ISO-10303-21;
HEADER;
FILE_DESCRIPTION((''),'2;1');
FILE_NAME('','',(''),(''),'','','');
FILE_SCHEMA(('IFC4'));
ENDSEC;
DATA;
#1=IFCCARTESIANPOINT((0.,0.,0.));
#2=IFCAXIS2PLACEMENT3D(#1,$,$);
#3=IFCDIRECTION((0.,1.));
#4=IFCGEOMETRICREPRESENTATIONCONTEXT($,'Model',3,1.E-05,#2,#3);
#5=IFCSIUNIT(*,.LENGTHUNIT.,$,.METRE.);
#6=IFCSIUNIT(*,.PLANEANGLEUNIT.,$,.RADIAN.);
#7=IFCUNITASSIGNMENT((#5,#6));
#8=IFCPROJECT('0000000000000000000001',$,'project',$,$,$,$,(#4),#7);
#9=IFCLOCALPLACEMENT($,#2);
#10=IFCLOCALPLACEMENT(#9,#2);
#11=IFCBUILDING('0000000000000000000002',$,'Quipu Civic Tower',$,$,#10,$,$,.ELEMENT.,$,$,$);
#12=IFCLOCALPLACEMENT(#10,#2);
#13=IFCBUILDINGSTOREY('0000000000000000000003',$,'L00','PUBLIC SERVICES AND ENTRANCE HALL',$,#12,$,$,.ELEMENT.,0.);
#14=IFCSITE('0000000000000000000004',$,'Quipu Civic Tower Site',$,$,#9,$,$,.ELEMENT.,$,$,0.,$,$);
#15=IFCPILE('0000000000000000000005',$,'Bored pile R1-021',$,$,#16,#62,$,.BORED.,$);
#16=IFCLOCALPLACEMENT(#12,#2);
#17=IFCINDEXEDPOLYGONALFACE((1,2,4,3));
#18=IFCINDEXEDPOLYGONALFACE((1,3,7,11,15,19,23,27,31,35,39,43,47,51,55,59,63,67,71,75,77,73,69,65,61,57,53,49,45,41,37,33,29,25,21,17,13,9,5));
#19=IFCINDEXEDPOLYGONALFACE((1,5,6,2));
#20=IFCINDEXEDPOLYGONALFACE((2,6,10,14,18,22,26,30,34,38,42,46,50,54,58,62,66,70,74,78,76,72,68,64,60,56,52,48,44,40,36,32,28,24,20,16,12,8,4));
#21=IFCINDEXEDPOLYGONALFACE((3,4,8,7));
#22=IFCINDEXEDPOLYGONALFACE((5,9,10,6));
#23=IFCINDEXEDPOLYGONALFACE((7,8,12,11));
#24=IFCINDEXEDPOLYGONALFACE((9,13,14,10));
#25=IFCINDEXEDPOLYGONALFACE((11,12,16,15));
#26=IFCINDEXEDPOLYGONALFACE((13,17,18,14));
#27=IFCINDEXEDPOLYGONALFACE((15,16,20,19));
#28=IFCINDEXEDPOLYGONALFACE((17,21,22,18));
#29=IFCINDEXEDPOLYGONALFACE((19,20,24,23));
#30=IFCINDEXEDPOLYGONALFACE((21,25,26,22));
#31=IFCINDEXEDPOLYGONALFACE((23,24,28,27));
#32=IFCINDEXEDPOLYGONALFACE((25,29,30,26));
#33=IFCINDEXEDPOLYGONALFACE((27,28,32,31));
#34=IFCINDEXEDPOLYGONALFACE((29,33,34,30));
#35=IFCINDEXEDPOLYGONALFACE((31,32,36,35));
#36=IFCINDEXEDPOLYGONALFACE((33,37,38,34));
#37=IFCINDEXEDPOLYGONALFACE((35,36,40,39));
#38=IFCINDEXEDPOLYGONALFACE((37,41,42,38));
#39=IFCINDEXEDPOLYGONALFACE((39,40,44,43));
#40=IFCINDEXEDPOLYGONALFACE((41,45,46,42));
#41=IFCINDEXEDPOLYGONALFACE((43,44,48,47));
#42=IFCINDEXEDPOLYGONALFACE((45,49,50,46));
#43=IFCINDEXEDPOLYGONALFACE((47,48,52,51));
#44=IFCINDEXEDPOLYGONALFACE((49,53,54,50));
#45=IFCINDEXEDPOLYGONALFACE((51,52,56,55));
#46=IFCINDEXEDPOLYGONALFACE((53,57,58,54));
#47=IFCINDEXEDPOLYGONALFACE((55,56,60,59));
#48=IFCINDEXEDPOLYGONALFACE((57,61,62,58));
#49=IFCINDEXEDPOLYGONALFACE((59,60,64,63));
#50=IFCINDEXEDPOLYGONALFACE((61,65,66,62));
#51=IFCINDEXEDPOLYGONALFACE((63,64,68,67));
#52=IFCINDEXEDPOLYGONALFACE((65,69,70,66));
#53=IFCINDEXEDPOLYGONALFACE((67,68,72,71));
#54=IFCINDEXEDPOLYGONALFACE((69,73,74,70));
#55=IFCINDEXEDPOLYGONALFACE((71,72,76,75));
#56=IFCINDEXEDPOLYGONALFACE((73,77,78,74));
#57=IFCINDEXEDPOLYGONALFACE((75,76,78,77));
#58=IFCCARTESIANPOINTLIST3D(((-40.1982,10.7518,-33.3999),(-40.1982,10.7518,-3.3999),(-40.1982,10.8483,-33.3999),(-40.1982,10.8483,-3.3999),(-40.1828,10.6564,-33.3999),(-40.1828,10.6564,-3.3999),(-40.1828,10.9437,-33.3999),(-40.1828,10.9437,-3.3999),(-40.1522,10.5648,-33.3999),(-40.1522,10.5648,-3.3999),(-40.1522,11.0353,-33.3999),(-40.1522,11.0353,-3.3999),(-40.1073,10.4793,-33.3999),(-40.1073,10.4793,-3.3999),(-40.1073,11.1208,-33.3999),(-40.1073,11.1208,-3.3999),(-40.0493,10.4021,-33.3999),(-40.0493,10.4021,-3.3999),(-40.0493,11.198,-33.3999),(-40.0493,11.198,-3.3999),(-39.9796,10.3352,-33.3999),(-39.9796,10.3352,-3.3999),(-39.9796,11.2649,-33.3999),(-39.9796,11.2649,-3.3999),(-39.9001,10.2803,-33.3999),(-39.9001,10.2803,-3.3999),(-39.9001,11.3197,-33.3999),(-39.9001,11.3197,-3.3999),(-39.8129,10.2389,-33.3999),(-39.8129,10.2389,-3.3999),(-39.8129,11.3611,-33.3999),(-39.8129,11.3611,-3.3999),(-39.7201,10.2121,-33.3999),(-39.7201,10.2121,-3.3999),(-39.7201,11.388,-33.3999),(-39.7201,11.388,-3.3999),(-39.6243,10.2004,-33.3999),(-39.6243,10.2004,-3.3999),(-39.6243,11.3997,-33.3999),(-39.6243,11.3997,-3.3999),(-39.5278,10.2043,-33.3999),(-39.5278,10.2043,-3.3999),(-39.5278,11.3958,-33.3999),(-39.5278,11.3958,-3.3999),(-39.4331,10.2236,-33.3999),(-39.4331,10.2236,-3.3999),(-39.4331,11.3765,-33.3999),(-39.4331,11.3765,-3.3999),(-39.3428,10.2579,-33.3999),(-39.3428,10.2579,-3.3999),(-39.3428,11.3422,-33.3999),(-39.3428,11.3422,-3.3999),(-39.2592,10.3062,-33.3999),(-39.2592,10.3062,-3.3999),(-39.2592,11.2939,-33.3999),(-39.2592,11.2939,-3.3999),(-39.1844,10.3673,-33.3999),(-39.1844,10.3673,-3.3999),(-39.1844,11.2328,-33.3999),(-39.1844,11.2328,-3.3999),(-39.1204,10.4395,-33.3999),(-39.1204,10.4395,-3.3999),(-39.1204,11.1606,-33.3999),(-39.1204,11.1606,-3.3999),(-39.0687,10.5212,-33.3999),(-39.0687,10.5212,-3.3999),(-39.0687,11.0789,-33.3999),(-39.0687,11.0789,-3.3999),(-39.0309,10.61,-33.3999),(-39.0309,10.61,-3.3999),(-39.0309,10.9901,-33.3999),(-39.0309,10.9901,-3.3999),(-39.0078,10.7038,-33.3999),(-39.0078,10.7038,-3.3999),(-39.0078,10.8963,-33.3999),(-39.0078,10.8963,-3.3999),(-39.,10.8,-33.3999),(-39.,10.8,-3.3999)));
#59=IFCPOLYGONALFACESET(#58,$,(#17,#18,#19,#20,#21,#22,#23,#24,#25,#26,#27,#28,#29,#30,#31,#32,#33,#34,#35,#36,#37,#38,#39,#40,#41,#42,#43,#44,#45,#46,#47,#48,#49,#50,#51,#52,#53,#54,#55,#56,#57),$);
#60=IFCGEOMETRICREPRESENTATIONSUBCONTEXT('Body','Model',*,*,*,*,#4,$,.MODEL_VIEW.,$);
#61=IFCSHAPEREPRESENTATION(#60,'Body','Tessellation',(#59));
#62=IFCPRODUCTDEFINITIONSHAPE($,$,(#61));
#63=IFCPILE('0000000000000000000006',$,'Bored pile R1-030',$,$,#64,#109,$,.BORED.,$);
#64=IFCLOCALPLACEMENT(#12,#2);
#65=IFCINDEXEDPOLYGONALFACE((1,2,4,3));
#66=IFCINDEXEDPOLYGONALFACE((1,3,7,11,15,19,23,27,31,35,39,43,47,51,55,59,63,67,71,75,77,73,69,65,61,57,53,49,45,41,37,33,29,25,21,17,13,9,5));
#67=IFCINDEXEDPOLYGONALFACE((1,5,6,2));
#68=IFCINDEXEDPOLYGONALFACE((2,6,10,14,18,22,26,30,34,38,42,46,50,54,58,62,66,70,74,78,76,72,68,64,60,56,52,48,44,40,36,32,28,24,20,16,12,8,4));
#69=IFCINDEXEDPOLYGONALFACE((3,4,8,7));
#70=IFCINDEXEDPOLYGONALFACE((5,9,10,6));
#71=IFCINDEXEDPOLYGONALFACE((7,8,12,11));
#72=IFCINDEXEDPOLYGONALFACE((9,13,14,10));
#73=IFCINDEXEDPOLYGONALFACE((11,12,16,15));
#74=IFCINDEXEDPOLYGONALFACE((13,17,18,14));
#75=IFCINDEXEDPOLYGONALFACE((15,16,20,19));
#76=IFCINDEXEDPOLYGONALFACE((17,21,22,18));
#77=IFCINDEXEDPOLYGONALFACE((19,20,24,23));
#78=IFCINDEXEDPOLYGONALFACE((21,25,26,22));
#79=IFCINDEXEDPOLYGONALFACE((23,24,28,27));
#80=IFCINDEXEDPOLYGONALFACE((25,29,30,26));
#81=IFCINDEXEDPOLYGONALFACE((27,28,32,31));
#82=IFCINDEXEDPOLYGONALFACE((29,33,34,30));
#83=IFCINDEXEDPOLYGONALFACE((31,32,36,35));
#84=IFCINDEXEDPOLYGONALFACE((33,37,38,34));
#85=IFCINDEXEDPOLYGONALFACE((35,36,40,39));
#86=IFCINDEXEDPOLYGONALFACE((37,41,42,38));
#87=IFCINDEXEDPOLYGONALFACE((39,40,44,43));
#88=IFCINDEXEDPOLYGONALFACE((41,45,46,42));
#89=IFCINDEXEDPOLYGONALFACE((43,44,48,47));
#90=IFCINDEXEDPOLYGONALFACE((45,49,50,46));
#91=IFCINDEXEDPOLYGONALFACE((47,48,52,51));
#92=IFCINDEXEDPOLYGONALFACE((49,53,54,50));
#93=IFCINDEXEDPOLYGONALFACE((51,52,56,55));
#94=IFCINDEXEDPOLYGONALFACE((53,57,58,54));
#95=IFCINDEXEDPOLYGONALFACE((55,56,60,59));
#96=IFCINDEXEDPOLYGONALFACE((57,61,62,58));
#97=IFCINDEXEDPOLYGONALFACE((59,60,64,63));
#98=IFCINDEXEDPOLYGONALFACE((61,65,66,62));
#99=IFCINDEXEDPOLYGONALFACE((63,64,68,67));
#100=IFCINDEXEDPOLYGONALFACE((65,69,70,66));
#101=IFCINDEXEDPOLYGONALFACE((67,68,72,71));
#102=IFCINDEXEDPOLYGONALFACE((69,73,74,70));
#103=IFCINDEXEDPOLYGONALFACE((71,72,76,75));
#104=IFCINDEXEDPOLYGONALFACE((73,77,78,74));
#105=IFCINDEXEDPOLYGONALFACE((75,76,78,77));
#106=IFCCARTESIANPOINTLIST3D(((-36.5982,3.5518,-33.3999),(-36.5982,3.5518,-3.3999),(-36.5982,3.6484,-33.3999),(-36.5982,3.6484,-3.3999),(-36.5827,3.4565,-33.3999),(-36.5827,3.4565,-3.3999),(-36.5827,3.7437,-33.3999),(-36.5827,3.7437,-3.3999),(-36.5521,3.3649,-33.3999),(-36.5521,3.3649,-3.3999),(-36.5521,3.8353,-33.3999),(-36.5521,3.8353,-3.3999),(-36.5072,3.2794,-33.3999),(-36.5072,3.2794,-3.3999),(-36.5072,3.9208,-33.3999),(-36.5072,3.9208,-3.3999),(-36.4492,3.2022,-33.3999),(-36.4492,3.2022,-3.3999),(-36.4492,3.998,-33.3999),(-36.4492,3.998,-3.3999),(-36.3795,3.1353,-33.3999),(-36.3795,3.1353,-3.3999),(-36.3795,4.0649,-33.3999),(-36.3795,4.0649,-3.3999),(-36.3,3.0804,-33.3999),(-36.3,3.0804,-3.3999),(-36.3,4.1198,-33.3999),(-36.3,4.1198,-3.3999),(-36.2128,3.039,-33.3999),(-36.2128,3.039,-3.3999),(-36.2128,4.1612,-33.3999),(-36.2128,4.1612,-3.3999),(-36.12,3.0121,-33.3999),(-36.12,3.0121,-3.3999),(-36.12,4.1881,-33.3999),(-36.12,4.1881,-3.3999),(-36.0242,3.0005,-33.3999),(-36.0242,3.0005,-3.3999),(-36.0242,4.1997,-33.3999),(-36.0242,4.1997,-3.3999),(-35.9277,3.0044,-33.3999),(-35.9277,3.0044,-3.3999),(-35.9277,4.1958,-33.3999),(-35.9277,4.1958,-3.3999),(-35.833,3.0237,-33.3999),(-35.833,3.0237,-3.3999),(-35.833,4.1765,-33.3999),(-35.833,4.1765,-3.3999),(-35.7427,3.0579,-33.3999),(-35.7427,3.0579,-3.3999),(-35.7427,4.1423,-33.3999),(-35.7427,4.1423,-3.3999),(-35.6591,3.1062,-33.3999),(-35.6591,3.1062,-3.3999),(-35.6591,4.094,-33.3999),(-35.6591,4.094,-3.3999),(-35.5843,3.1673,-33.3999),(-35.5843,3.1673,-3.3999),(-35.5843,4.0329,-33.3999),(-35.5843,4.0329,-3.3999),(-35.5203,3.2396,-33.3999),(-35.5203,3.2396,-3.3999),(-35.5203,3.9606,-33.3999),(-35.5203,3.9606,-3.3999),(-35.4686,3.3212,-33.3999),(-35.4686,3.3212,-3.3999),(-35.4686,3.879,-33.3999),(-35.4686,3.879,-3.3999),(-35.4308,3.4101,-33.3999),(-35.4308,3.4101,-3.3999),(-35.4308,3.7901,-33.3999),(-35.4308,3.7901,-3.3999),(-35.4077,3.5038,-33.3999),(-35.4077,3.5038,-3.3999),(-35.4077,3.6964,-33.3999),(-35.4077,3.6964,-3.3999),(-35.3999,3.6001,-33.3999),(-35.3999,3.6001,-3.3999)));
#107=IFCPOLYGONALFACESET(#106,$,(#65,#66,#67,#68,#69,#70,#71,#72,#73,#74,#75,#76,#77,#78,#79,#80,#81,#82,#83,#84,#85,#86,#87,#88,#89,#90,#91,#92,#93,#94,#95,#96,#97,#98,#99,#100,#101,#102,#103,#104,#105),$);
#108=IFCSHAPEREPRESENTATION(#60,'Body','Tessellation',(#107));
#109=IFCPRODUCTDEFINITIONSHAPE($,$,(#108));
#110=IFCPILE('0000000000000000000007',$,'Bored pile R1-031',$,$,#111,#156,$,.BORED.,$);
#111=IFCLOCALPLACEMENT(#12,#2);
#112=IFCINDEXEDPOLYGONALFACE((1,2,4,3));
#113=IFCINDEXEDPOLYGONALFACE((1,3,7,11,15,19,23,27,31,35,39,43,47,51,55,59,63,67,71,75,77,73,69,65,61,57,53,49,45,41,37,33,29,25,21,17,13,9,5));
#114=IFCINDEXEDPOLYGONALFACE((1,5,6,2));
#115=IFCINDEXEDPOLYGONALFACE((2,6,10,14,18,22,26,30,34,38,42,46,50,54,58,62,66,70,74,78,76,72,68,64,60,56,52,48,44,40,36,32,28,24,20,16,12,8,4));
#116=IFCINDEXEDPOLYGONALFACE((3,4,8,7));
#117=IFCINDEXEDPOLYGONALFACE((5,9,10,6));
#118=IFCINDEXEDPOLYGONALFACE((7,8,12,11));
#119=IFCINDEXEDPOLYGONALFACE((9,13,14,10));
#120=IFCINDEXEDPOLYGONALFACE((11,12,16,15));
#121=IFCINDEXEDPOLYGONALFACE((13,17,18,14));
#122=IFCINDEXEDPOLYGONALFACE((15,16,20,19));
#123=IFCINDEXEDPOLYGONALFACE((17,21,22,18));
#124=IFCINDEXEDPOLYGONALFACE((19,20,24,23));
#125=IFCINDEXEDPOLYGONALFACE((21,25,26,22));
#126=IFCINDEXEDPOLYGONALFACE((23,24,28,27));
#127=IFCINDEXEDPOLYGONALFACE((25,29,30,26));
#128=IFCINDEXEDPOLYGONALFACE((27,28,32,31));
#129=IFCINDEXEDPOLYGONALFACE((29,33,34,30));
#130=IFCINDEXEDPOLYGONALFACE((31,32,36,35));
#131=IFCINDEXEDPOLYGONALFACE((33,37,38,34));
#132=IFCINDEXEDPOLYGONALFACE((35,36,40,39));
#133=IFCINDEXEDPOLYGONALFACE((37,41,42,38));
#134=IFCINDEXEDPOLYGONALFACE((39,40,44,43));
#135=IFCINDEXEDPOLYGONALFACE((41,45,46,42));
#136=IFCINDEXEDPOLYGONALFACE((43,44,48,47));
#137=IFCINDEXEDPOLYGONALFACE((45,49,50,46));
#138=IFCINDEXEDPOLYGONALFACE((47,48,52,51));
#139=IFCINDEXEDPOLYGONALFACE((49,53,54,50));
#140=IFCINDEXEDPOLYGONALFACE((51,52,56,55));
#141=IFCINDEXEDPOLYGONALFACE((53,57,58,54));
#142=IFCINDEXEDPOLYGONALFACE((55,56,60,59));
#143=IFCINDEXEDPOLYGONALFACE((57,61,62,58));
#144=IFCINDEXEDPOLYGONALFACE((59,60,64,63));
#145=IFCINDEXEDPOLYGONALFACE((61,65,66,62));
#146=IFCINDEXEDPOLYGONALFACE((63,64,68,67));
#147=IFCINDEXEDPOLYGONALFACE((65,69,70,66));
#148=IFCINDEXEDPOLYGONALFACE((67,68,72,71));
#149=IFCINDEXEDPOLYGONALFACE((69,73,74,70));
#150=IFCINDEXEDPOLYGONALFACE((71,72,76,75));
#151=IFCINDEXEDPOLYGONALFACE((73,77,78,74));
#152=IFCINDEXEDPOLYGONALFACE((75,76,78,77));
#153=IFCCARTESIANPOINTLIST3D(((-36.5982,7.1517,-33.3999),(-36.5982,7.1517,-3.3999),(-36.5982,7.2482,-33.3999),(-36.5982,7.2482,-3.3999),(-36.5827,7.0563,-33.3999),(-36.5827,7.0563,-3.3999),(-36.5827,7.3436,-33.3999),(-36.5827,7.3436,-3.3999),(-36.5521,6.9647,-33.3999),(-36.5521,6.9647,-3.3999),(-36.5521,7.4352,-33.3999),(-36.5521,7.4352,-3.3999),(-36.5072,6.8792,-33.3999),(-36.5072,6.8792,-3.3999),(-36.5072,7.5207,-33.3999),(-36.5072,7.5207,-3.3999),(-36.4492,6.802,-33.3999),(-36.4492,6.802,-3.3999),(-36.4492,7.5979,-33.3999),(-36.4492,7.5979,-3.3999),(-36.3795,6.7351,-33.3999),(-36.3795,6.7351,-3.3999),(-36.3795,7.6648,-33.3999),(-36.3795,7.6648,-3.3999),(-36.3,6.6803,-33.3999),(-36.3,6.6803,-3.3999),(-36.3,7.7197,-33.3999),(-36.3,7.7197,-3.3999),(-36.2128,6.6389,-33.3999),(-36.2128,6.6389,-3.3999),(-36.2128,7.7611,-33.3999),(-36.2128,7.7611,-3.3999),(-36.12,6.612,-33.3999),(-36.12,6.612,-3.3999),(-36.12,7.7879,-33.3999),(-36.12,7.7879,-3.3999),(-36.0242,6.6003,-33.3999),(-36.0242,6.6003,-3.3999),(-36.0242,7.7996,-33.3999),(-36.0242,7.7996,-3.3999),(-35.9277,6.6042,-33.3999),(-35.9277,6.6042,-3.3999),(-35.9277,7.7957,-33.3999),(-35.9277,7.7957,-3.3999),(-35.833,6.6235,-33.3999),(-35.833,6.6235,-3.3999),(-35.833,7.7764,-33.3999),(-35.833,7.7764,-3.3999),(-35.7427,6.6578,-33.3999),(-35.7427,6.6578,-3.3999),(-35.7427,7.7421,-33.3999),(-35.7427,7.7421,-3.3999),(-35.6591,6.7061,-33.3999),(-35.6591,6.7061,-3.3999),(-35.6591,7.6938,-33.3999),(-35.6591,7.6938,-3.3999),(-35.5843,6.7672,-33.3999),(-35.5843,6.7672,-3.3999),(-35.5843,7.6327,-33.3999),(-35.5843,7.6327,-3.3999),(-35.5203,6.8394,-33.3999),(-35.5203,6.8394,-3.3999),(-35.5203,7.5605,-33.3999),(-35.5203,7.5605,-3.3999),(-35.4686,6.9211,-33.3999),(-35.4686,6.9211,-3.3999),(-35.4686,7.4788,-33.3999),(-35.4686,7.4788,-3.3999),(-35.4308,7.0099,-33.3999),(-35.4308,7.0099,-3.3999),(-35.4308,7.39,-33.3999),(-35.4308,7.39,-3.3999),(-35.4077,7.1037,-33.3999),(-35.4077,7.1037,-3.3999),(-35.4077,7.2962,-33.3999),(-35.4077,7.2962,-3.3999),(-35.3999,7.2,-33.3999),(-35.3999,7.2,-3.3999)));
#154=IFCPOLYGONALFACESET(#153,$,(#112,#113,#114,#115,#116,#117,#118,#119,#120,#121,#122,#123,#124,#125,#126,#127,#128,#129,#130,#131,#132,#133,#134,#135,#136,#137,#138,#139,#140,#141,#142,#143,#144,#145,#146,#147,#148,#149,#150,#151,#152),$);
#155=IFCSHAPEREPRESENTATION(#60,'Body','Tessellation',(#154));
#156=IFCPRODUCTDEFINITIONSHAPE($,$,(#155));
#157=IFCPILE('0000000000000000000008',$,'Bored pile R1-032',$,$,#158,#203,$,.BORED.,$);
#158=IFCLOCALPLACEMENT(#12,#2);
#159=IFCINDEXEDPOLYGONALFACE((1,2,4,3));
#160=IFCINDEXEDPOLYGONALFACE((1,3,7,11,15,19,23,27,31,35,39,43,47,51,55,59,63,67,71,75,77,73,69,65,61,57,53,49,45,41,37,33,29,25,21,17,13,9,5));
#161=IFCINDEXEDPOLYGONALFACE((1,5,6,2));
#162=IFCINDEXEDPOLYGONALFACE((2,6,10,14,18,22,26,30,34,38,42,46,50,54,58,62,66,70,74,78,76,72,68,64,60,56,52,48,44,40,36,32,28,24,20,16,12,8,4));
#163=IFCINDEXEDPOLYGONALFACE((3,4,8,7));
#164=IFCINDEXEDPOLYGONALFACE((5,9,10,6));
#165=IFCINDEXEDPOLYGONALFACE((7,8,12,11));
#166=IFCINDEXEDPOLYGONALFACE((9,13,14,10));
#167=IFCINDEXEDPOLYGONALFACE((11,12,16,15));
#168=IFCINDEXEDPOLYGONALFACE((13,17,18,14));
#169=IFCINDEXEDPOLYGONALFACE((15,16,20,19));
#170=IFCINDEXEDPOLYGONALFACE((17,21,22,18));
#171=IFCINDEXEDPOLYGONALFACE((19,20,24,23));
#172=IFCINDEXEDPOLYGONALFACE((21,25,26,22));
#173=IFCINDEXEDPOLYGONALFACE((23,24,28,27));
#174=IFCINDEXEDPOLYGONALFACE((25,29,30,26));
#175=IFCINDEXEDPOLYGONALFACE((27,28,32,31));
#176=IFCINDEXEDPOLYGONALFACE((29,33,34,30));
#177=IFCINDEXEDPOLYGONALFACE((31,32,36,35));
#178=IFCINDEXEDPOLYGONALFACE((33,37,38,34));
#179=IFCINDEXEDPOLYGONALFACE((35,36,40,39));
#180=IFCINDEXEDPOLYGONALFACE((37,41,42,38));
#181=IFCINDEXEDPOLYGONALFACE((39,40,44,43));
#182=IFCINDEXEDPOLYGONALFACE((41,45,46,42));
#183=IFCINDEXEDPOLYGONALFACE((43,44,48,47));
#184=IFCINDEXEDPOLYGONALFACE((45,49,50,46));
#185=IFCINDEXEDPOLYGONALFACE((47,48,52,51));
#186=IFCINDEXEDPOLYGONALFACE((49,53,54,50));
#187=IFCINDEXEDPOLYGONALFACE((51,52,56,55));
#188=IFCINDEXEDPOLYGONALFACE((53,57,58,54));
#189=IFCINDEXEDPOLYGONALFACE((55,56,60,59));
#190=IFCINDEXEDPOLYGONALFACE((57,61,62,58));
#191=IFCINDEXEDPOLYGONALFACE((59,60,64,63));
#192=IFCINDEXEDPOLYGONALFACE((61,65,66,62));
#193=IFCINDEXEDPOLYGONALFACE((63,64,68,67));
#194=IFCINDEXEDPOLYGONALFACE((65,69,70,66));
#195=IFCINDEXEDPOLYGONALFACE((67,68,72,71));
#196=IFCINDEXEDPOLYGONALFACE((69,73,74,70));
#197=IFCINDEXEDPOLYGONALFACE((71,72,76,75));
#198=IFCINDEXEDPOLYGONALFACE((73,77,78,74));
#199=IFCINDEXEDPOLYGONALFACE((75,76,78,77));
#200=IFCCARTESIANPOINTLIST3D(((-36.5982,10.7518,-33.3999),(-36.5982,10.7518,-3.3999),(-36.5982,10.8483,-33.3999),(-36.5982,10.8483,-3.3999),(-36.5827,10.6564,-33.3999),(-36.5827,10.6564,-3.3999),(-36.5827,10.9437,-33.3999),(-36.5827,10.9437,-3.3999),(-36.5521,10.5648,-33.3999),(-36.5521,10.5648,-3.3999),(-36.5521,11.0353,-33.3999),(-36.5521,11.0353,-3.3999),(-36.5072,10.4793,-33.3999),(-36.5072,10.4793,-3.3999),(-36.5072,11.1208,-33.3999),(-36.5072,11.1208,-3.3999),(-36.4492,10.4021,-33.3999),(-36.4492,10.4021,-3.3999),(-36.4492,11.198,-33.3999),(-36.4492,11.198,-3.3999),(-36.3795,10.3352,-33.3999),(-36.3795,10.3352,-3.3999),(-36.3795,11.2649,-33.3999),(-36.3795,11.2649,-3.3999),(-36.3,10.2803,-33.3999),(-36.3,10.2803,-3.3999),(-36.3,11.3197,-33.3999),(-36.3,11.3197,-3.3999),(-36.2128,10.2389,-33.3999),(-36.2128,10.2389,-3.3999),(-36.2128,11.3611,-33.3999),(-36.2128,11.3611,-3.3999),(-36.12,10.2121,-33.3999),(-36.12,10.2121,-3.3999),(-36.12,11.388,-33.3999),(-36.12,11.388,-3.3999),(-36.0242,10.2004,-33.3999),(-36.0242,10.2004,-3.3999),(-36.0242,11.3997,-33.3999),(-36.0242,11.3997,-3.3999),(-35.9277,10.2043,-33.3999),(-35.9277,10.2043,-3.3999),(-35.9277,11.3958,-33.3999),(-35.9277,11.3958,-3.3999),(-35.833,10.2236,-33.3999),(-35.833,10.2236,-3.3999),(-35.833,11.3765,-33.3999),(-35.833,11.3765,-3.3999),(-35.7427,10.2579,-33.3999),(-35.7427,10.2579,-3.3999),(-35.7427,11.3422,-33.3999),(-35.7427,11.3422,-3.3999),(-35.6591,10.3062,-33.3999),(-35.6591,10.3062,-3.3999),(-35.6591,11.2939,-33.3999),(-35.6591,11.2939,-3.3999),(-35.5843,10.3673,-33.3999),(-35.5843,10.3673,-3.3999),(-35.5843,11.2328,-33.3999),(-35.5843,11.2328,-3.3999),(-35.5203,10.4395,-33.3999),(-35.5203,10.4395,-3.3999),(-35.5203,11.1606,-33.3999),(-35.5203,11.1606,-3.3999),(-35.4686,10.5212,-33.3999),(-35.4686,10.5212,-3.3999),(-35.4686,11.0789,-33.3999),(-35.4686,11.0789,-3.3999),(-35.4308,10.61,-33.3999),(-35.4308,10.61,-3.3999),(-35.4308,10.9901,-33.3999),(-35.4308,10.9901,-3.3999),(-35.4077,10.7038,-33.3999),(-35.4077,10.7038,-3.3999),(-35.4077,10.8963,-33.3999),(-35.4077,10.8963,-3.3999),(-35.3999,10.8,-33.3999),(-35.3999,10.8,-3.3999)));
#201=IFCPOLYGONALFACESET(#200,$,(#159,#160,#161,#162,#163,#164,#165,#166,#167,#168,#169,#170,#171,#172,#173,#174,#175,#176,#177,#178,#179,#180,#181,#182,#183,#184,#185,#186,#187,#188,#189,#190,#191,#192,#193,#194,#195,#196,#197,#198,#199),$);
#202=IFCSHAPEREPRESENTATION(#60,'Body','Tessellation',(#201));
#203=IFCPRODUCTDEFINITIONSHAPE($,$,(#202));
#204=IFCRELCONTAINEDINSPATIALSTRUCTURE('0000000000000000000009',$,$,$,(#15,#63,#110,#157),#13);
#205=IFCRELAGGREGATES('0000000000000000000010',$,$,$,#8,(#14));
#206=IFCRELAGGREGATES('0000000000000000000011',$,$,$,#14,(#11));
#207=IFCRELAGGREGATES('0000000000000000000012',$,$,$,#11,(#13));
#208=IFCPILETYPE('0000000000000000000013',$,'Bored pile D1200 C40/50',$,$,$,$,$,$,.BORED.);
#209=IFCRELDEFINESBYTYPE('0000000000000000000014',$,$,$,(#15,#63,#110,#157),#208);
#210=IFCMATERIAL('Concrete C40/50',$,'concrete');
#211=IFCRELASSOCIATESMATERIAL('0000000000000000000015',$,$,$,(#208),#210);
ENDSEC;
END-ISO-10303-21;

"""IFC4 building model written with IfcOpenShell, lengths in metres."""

from ifc_helpers import new_model, si_unit, direction, frame, origin, origin_2d, place, context, subcontext, project, spatial, circle, extrude, material, material_profile, profile_set, type_object, element, save


model = new_model("IFC4")

# Units and contexts
model_context = context("Model", 3, precision=1e-05, world=origin(), true_north=direction((0.0, 1.0)))
body_context = subcontext(model_context, "Body", "Model", "MODEL_VIEW")
ifc_project = project(units=[si_unit("LENGTHUNIT", "METRE"), si_unit("PLANEANGLEUNIT", "RADIAN")], contexts=[model_context])

# Site, building, storey
site_placement = place(None, origin())
site = spatial("IfcSite", under=ifc_project, at=site_placement, Name="Quipu Civic Tower Site", CompositionType="ELEMENT", RefElevation=0.0)
building_placement = place(site_placement, origin())
building = spatial("IfcBuilding", under=site, at=building_placement, Name="Quipu Civic Tower", CompositionType="ELEMENT")
storey_placement = place(building_placement, origin())
storey = spatial("IfcBuildingStorey", under=building, at=storey_placement, Name="L00", Description="PUBLIC SERVICES AND ENTRANCE HALL", CompositionType="ELEMENT", Elevation=0.0)

# Piles
ifc_material_1 = material(Name="Concrete C40/50", Category="concrete")
ifc_material_profile_1 = material_profile(ifc_material_1, circle(Radius=0.6001, at=origin_2d()), Name="RCD1200")
ifc_profile_set_1 = profile_set([ifc_material_profile_1], Name="Concrete C40/50")
pile_type = type_object("IfcPileType", Name="Bored pile D1200 C40/50", PredefinedType="BORED", material=ifc_profile_set_1)
for number, where, z_axis, x_axis, name in (
    (1, (-39.6001, 10.8, -3.3999), (0.0, 0.0, -1.0), (1.0, 0.0, 0.0), "Bored pile R1-021"),
    (2, (-36.0, 3.6001, -3.3999), (0.0, 0.0, -1.0), (1.0, 0.0, 0.0), "Bored pile R1-030"),
    (3, (-36.0, 7.2, -3.3999), (0.0, 0.0, -1.0), (1.0, 0.0, 0.0), "Bored pile R1-031"),
    (4, (-36.0, 10.8, -3.3999), (0.0, 0.0, -1.0), (1.0, 0.0, 0.0), "Bored pile R1-032"),
):
    element("IfcPile", number, at=place(storey_placement, frame(where, z_axis=z_axis, x_axis=x_axis)), inside=storey, type_object=pile_type, Name=name, PredefinedType="BORED", context=body_context, shape_type="SweptSolid", body=[
        extrude(circle(Radius=0.6001, at=origin_2d()), origin(), (0.0, 0.0, 1.0), 30.0),
    ])

save(model, "model.ifc")
